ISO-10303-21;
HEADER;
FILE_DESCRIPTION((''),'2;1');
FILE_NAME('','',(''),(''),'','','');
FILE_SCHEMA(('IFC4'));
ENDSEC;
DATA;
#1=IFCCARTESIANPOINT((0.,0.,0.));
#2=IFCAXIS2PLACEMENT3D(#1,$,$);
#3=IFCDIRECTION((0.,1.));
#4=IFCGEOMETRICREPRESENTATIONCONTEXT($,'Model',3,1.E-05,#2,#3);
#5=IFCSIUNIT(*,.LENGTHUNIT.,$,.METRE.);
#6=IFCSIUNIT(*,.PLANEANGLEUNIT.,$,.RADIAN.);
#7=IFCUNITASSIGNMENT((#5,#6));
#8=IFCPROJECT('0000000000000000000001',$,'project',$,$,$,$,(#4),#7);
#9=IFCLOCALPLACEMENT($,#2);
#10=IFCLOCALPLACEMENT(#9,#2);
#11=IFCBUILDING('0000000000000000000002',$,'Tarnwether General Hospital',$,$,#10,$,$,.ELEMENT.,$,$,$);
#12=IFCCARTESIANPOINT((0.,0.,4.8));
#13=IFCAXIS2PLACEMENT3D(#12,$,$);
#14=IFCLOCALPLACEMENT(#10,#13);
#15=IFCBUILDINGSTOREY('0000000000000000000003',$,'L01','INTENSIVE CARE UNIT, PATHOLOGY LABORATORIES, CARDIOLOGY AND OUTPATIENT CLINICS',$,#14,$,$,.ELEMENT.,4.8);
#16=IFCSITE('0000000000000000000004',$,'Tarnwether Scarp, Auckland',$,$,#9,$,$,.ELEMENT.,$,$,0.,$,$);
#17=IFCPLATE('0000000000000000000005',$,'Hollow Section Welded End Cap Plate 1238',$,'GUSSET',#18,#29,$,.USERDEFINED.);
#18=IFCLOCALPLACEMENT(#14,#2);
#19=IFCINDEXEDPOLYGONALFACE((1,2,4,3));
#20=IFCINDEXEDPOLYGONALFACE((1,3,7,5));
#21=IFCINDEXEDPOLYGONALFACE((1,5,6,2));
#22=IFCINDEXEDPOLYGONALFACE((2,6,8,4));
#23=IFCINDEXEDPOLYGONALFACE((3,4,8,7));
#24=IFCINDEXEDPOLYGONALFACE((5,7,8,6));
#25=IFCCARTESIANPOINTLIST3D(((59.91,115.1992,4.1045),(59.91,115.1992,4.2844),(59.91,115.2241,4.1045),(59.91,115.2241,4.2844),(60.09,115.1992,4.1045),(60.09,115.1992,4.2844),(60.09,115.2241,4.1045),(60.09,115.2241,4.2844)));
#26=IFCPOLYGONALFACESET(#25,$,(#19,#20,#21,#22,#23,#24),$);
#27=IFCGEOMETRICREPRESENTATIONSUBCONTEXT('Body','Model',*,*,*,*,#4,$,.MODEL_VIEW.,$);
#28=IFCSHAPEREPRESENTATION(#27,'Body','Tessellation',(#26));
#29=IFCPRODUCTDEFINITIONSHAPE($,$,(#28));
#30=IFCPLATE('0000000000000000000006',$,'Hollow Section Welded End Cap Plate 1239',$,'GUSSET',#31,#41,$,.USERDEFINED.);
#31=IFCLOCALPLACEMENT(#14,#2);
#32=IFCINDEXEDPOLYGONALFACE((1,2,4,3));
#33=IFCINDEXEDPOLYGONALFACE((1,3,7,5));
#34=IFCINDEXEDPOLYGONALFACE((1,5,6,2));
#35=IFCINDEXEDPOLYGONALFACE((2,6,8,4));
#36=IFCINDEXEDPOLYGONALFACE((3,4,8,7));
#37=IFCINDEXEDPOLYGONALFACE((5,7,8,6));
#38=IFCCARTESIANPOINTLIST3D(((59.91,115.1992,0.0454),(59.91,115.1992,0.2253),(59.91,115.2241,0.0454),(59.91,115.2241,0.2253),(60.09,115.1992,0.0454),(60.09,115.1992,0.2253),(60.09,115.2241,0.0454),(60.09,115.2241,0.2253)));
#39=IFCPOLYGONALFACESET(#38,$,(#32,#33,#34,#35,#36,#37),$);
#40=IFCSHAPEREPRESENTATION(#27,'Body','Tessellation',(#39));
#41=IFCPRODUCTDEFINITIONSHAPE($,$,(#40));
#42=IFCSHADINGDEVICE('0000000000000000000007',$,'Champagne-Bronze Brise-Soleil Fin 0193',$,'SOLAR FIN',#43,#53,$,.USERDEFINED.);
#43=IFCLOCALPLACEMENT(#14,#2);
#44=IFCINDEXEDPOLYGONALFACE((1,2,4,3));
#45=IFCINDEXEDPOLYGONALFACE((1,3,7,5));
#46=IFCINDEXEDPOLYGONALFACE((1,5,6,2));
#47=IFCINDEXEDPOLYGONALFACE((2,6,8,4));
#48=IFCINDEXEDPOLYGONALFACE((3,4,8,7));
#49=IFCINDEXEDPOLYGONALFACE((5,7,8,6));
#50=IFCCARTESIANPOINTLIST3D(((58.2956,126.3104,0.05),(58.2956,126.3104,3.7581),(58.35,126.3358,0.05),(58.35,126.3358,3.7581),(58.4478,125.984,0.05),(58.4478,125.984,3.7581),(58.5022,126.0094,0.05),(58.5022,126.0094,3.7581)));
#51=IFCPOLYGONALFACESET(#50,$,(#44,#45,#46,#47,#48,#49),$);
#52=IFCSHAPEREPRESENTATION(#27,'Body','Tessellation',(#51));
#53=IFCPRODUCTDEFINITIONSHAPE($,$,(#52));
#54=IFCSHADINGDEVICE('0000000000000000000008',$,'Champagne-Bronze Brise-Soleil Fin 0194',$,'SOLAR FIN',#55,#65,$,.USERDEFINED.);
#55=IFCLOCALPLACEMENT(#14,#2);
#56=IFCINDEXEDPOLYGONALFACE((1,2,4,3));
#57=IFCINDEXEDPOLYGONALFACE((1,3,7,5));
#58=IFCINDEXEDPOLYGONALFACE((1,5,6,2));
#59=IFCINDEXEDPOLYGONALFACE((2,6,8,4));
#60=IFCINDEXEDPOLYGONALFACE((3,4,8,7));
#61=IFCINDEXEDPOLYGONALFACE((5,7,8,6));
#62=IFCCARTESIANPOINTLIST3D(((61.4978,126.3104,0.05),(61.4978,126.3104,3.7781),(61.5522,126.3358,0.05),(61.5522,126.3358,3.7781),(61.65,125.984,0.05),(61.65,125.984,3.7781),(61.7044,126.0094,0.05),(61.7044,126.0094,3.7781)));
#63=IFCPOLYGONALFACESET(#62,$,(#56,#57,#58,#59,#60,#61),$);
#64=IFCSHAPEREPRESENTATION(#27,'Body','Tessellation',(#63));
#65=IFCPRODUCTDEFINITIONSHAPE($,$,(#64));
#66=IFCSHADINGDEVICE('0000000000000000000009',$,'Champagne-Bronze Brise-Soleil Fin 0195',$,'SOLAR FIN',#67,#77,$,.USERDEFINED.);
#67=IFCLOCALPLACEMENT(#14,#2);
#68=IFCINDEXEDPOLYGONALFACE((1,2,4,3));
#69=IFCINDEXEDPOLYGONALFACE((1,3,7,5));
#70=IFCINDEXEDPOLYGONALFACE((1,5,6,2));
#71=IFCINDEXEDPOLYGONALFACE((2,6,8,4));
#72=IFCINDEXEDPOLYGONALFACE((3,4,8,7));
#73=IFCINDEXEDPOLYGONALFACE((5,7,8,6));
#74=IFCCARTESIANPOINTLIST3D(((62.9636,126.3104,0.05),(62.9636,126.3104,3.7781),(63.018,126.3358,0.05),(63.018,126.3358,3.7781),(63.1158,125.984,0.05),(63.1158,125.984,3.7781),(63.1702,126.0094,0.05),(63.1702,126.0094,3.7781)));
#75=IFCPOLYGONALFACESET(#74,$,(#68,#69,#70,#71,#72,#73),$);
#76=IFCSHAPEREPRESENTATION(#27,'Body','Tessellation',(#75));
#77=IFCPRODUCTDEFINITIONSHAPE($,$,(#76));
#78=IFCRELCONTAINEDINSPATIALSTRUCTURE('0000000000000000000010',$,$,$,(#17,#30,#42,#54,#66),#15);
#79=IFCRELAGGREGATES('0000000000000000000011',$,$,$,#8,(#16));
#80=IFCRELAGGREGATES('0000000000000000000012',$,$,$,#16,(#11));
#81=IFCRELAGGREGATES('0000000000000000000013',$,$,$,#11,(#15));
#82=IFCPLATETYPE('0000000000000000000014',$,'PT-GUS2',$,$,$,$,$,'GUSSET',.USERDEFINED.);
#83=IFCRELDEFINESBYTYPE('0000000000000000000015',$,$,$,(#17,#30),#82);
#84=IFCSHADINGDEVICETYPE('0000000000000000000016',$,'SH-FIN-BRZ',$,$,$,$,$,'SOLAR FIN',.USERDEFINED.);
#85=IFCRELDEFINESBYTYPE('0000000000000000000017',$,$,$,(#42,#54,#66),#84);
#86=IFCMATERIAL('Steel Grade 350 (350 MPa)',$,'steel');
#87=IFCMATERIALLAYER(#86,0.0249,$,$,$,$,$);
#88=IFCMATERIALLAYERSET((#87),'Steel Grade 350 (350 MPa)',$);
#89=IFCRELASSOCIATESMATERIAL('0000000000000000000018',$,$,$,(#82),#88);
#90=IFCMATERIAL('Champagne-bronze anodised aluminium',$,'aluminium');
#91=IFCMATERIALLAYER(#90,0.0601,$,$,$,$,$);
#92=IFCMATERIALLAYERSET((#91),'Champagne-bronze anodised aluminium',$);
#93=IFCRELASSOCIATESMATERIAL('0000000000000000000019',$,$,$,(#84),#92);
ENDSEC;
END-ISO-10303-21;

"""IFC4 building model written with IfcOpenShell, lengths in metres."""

from ifc_helpers import new_model, si_unit, direction, frame, origin, origin_2d, place, context, subcontext, project, spatial, rectangle, extrude, material, layer, layer_set, type_object, element, save


model = new_model("IFC4")

# Units and contexts
model_context = context("Model", 3, precision=1e-05, world=origin(), true_north=direction((0.0, 1.0)))
body_context = subcontext(model_context, "Body", "Model", "MODEL_VIEW")
ifc_project = project(units=[si_unit("LENGTHUNIT", "METRE"), si_unit("PLANEANGLEUNIT", "RADIAN")], contexts=[model_context])

# Site, building, storey
site_placement = place(None, origin())
site = spatial("IfcSite", under=ifc_project, at=site_placement, Name="Tarnwether Scarp, Auckland", CompositionType="ELEMENT", RefElevation=0.0)
building_placement = place(site_placement, origin())
building = spatial("IfcBuilding", under=site, at=building_placement, Name="Tarnwether General Hospital", CompositionType="ELEMENT")
storey_placement = place(building_placement, frame((0.0, 0.0, 4.8)))
storey = spatial("IfcBuildingStorey", under=building, at=storey_placement, Name="L01", Description="INTENSIVE CARE UNIT, PATHOLOGY LABORATORIES, CARDIOLOGY AND OUTPATIENT CLINICS", CompositionType="ELEMENT", Elevation=4.8)

# Plates
ifc_material_1 = material(Name="Steel Grade 350 (350 MPa)", Category="steel")
ifc_layer_1 = layer(ifc_material_1, 0.0249)
ifc_layer_set_1 = layer_set([ifc_layer_1], Name="Steel Grade 350 (350 MPa)")
plate_type_1 = type_object("IfcPlateType", Name="PT-GUS2", ElementType="GUSSET", PredefinedType="USERDEFINED", material=ifc_layer_set_1)
for number, where, z_axis, x_axis, name in (
    (1, (60.0, 115.2117, 4.1045), (0.0, 0.0, 1.0), (0.0, 1.0, 0.0), "Hollow Section Welded End Cap Plate 1238"),
    (2, (60.0, 115.2117, 0.0454), (0.0, 0.0, 1.0), (0.0, -1.0, 0.0), "Hollow Section Welded End Cap Plate 1239"),
):
    element("IfcPlate", number, at=place(storey_placement, frame(where, z_axis=z_axis, x_axis=x_axis)), inside=storey, type_object=plate_type_1, Name=name, ObjectType="GUSSET", PredefinedType="USERDEFINED", context=body_context, shape_type="SweptSolid", body=[
        extrude(rectangle(XDim=0.0249, YDim=0.1799, at=origin_2d()), origin(), (0.0, 0.0, 1.0), 0.1799),
    ])

# Shading devices
ifc_material_2 = material(Name="Champagne-bronze anodised aluminium", Category="aluminium")
ifc_layer_2 = layer(ifc_material_2, 0.0601)
ifc_layer_set_2 = layer_set([ifc_layer_2], Name="Champagne-bronze anodised aluminium")
shading_device_type = type_object("IfcShadingDeviceType", Name="SH-FIN-BRZ", ElementType="SOLAR FIN", PredefinedType="USERDEFINED", material=ifc_layer_set_2)
shading_device_placement = place(storey_placement, frame((58.3989, 126.1599, 0.05), z_axis=(0.0, 0.0, 1.0), x_axis=(0.906308, 0.422618, 0.0)))
element("IfcShadingDevice", 3, at=shading_device_placement, inside=storey, type_object=shading_device_type, Name="Champagne-Bronze Brise-Soleil Fin 0193", ObjectType="SOLAR FIN", PredefinedType="USERDEFINED", context=body_context, shape_type="SweptSolid", body=[
    extrude(rectangle(XDim=0.0601, YDim=0.3601, at=origin_2d()), origin(), (0.0, 0.0, 1.0), 3.708),
])
for number, where, z_axis, x_axis, name in (
    (4, (61.6011, 126.1599, 0.05), (0.0, 0.0, 1.0), (0.906308, 0.422618, 0.0), "Champagne-Bronze Brise-Soleil Fin 0194"),
    (5, (63.0669, 126.1599, 0.05), (0.0, 0.0, 1.0), (0.906308, 0.422618, 0.0), "Champagne-Bronze Brise-Soleil Fin 0195"),
):
    element("IfcShadingDevice", number, at=place(storey_placement, frame(where, z_axis=z_axis, x_axis=x_axis)), inside=storey, type_object=shading_device_type, Name=name, ObjectType="SOLAR FIN", PredefinedType="USERDEFINED", context=body_context, shape_type="SweptSolid", body=[
        extrude(rectangle(XDim=0.0601, YDim=0.3601, at=origin_2d()), origin(), (0.0, 0.0, 1.0), 3.728),
    ])

save(model, "model.ifc")
